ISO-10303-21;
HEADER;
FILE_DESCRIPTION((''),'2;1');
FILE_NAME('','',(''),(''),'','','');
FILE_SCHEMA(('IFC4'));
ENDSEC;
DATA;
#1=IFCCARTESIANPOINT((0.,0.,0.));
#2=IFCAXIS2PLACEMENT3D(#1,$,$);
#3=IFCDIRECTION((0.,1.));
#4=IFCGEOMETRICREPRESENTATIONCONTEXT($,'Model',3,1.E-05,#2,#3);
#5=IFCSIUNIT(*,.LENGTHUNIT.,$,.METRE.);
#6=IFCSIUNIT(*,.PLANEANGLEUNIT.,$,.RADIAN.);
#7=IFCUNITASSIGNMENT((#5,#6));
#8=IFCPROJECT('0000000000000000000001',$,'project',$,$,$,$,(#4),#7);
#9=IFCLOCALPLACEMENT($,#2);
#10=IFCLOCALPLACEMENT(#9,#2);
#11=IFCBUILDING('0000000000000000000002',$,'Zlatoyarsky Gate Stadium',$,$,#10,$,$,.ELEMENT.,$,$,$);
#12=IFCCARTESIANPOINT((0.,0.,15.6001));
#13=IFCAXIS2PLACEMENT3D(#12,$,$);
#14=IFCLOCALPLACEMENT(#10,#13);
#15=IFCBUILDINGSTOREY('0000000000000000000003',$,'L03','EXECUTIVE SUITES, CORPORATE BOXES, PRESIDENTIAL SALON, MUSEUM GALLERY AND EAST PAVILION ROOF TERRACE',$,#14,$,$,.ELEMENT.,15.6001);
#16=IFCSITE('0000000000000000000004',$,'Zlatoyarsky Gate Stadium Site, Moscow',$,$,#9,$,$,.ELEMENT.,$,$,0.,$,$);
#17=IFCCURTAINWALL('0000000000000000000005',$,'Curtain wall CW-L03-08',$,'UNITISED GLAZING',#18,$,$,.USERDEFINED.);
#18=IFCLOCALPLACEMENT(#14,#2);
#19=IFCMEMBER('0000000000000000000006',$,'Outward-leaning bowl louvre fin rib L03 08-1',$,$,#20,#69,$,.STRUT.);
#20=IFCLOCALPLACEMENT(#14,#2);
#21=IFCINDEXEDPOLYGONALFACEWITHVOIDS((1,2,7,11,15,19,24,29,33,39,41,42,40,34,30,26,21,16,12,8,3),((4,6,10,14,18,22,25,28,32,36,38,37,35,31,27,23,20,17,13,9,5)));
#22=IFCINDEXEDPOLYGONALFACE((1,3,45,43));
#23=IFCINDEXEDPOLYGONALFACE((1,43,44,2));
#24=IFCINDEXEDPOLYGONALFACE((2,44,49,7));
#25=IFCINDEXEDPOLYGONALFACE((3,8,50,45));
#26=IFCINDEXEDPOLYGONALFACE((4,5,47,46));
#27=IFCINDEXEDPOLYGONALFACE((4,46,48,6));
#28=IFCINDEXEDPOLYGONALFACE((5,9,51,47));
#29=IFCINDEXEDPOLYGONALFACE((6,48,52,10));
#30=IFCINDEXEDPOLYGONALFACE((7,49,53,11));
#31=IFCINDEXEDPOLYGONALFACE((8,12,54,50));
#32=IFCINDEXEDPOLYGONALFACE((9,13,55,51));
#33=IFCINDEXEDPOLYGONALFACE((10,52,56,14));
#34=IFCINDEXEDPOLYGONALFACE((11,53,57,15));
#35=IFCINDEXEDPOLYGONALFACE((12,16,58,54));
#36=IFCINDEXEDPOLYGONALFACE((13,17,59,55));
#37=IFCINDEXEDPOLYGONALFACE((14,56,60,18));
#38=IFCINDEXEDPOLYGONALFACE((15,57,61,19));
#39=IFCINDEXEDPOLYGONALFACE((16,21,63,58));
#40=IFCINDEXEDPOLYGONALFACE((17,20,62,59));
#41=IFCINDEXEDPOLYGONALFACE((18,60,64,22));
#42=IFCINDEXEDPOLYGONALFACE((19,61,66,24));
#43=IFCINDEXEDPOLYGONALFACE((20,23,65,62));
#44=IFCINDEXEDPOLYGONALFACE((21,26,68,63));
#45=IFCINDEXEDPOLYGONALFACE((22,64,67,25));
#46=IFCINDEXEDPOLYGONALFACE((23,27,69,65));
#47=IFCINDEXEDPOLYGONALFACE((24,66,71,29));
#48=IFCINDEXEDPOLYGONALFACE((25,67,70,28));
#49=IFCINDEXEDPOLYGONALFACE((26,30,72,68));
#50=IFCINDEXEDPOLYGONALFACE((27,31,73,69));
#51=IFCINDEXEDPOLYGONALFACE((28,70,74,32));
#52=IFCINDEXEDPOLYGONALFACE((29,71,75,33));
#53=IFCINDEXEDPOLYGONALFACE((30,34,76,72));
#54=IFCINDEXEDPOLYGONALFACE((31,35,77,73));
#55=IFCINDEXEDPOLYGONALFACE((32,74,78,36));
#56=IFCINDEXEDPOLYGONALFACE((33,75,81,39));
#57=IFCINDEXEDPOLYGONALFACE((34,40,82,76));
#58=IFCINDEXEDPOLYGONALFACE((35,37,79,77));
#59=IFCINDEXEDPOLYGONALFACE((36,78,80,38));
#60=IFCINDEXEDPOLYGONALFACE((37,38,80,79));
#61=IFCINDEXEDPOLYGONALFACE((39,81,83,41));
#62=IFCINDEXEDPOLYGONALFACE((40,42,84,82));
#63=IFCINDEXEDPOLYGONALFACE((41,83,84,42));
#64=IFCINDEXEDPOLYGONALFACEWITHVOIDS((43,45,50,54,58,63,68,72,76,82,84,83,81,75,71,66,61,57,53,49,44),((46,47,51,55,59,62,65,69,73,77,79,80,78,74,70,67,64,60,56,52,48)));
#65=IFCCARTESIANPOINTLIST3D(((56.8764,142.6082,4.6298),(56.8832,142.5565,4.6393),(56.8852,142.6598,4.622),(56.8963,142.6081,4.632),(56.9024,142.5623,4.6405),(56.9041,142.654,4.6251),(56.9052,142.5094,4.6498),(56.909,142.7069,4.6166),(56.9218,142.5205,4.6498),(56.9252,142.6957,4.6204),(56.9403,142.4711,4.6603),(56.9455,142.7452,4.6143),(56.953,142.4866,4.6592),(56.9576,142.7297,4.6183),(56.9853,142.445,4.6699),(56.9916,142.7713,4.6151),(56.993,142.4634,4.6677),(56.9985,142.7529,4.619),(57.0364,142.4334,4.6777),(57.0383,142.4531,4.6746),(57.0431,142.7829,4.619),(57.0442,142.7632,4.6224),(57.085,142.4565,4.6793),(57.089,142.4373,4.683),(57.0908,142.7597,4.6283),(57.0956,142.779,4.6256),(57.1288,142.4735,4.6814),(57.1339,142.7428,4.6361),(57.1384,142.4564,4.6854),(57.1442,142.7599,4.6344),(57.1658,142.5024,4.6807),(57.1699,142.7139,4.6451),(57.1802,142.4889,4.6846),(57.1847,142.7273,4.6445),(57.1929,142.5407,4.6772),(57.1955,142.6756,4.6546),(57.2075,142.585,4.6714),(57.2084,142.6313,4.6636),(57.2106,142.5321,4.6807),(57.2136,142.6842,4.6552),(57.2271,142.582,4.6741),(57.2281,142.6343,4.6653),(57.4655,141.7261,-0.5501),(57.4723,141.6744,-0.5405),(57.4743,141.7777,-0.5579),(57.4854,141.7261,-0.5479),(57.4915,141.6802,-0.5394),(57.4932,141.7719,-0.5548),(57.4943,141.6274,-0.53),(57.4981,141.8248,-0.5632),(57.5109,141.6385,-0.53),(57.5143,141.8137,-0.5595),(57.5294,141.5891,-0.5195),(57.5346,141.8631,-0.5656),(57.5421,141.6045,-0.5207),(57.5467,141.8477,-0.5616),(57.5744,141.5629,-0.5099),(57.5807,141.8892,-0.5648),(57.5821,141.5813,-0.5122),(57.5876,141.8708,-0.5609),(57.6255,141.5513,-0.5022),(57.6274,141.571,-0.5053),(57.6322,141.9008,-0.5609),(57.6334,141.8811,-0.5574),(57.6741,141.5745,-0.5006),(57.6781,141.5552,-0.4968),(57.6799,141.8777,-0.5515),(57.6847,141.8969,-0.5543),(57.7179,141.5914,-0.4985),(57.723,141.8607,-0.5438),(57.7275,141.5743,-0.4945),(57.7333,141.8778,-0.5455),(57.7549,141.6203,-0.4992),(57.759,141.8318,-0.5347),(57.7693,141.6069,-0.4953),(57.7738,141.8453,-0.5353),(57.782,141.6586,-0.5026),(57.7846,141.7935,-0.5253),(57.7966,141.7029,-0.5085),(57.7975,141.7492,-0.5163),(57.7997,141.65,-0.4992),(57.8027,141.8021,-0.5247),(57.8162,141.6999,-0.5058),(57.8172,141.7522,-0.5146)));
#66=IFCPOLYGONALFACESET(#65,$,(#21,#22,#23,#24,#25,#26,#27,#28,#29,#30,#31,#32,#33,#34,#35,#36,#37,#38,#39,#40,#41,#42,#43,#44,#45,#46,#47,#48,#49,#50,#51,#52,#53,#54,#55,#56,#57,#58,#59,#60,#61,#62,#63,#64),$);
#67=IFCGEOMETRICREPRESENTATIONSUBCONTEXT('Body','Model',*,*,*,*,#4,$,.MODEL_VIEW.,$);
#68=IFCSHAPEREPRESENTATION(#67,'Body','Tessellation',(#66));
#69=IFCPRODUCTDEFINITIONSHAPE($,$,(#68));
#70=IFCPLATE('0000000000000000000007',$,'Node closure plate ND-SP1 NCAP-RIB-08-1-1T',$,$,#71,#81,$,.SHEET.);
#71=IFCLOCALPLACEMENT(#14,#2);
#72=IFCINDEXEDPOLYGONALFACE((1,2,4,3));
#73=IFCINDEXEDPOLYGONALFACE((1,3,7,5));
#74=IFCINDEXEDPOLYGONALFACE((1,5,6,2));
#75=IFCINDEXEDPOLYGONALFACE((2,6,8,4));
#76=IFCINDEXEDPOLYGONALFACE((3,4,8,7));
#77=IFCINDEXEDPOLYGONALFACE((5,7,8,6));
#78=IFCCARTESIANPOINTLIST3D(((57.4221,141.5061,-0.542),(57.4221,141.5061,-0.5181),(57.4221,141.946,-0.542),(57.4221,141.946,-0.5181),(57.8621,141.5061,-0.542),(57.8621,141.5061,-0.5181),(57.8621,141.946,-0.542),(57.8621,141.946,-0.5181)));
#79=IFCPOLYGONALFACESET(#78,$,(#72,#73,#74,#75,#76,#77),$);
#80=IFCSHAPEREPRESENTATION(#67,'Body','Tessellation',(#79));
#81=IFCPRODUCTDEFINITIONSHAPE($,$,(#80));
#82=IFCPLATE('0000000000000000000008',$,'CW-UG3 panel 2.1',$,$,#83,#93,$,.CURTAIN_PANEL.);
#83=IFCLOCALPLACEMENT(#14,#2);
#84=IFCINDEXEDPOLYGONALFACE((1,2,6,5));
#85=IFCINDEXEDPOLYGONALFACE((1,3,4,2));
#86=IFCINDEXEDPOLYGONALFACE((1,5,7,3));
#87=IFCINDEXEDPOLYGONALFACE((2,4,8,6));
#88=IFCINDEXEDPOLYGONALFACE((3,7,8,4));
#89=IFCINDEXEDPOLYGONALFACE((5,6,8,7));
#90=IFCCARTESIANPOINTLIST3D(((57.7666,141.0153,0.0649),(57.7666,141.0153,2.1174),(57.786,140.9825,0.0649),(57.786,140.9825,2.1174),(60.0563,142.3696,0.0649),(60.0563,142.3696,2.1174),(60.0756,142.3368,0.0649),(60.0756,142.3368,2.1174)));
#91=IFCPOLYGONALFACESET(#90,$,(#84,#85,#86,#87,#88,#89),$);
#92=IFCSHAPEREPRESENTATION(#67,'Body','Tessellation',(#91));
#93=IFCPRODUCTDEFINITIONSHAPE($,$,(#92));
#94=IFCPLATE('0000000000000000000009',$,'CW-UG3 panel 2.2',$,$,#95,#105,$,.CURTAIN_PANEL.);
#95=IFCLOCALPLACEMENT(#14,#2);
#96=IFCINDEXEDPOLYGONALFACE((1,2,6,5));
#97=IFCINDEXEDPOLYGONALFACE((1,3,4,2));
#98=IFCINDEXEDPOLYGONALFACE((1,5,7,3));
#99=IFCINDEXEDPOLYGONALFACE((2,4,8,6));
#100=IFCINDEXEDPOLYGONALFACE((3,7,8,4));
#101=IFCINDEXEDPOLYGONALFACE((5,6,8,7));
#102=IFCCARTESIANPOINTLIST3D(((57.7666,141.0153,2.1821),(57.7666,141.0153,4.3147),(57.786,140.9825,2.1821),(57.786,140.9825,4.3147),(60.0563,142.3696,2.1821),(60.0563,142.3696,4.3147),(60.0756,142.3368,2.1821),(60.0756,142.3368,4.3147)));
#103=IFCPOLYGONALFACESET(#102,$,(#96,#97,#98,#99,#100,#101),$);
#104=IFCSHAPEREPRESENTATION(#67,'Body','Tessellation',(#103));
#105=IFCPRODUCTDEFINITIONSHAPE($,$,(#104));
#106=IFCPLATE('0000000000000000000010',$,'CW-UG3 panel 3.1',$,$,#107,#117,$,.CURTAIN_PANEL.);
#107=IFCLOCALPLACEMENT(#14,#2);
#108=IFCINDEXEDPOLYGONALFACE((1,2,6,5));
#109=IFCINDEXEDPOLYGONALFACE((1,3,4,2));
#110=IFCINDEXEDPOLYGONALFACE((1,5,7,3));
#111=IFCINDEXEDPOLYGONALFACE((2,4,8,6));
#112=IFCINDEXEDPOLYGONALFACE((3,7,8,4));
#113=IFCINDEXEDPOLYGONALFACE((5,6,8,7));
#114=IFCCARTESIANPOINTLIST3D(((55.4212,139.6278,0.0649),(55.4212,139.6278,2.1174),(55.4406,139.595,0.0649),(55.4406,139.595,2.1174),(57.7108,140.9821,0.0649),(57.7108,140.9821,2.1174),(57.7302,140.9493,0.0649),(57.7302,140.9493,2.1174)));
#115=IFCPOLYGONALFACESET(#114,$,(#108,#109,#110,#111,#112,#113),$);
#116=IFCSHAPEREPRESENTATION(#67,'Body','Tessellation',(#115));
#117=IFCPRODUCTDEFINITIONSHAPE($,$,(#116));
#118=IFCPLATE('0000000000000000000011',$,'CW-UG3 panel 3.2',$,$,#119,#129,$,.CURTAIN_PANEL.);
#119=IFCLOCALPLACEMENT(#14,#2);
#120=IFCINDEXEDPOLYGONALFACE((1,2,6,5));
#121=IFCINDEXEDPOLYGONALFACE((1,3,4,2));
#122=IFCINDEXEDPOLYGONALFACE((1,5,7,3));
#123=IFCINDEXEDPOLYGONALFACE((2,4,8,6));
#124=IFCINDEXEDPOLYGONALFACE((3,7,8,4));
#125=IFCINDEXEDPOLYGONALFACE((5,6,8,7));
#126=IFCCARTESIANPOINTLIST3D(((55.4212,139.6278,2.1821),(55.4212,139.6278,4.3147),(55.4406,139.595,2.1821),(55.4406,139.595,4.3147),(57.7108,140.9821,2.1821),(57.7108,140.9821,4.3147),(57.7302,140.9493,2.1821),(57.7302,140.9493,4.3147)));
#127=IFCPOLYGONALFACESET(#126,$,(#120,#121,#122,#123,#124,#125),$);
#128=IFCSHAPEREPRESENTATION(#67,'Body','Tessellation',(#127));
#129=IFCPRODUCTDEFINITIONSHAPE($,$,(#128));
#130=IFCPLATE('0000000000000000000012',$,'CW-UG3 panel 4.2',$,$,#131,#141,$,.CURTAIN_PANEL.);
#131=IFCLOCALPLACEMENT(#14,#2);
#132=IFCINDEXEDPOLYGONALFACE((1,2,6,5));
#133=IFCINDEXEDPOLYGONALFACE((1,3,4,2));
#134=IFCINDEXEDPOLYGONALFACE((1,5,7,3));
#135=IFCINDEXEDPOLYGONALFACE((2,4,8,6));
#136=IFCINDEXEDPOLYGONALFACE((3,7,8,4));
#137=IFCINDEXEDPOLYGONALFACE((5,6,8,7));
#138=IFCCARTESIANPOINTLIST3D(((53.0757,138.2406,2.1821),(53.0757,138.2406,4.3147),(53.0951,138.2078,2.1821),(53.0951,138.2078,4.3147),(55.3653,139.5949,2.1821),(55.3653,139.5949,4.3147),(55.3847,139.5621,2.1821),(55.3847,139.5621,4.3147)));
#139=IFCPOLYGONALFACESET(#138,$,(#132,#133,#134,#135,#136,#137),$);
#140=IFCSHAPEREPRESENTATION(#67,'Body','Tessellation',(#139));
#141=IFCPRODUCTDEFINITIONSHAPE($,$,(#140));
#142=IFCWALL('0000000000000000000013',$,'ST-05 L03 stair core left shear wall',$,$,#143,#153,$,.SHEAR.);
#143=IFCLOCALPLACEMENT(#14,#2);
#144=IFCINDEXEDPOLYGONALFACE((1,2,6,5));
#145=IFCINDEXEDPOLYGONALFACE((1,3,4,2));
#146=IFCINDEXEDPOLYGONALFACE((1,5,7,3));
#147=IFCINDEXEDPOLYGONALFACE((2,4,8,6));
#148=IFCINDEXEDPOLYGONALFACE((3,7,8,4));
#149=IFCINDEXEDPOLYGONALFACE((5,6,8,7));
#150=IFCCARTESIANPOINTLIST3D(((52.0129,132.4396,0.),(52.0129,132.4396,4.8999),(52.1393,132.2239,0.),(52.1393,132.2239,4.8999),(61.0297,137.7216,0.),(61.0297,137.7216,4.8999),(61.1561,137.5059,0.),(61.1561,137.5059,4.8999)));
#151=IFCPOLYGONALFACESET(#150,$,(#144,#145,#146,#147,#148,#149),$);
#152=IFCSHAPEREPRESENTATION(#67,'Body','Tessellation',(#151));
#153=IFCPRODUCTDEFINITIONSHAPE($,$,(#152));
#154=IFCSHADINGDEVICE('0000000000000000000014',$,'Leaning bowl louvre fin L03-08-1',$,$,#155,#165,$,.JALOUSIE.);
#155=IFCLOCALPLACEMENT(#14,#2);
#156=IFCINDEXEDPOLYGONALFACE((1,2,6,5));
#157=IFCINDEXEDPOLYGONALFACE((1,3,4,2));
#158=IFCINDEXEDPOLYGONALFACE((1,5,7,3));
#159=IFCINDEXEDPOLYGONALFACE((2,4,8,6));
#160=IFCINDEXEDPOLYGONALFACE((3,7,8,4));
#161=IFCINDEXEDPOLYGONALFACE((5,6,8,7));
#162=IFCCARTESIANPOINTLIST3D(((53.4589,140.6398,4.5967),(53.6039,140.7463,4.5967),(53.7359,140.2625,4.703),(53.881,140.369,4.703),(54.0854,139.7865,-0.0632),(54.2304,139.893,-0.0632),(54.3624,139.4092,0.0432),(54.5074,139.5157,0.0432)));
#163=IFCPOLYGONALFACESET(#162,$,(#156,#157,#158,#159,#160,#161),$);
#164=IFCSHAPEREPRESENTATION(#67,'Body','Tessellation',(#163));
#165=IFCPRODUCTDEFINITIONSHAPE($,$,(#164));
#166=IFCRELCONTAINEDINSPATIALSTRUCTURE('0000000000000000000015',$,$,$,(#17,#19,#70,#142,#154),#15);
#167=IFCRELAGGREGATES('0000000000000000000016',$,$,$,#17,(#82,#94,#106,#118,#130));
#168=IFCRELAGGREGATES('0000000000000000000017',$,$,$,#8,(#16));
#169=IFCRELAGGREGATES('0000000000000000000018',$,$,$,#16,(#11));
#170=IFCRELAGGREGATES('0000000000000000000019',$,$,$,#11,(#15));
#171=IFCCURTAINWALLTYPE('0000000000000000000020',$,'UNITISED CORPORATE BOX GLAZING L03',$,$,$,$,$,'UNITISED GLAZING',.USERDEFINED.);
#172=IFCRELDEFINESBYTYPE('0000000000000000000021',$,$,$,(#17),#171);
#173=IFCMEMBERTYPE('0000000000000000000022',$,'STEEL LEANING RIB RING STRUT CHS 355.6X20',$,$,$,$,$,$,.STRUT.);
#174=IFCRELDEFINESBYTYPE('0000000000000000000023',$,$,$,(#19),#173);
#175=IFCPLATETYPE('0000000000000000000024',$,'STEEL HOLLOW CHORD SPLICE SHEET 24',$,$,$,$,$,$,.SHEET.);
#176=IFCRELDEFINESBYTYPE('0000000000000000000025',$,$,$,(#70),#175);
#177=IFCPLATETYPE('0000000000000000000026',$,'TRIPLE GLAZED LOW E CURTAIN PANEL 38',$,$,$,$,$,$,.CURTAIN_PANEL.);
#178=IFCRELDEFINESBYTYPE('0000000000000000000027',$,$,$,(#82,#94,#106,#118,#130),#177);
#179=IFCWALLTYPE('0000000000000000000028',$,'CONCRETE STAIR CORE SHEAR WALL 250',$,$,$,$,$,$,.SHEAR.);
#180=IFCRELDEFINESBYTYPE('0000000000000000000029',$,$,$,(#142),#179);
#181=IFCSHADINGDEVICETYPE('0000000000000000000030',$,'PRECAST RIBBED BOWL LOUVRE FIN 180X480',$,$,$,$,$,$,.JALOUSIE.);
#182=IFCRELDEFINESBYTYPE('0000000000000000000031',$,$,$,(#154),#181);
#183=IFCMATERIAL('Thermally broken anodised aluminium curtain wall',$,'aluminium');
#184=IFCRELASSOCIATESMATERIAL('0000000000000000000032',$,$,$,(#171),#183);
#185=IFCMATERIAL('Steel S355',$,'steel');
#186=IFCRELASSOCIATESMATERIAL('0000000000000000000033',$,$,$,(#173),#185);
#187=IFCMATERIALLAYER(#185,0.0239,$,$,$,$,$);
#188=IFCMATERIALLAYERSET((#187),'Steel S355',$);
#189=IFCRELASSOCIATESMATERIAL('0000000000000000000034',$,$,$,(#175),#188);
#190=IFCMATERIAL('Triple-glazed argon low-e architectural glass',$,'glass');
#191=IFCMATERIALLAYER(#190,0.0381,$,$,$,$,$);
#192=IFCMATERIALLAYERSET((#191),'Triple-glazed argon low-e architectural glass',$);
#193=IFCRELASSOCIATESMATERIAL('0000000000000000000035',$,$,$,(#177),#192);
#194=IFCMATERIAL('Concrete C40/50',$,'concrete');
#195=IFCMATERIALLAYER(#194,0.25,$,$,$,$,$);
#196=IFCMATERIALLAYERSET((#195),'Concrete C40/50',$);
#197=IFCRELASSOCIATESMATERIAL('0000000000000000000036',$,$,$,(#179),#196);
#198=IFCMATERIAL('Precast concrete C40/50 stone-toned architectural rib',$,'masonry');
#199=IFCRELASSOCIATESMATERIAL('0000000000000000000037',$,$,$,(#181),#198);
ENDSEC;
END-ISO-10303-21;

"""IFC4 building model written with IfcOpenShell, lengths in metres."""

from ifc_helpers import new_model, si_unit, direction, frame, frame_2d, origin, origin_2d, place, context, subcontext, project, spatial, rectangle, hollow_circle, extrude, material, layer, layer_set, material_profile, profile_set, type_object, element, aggregate, save


model = new_model("IFC4")

# Units and contexts
model_context = context("Model", 3, precision=1e-05, world=origin(), true_north=direction((0.0, 1.0)))
body_context = subcontext(model_context, "Body", "Model", "MODEL_VIEW")
ifc_project = project(units=[si_unit("LENGTHUNIT", "METRE"), si_unit("PLANEANGLEUNIT", "RADIAN")], contexts=[model_context])

# Site, building, storey
site_placement = place(None, origin())
site = spatial("IfcSite", under=ifc_project, at=site_placement, Name="Zlatoyarsky Gate Stadium Site, Moscow", CompositionType="ELEMENT", RefElevation=0.0)
building_placement = place(site_placement, origin())
building = spatial("IfcBuilding", under=site, at=building_placement, Name="Zlatoyarsky Gate Stadium", CompositionType="ELEMENT")
storey_placement = place(building_placement, frame((0.0, 0.0, 15.6001)))
storey = spatial("IfcBuildingStorey", under=building, at=storey_placement, Name="L03", Description="EXECUTIVE SUITES, CORPORATE BOXES, PRESIDENTIAL SALON, MUSEUM GALLERY AND EAST PAVILION ROOF TERRACE", CompositionType="ELEMENT", Elevation=15.6001)

# Curtain wall
ifc_material_1 = material(Name="Thermally broken anodised aluminium curtain wall", Category="aluminium")
curtain_wall_type = type_object("IfcCurtainWallType", Name="UNITISED CORPORATE BOX GLAZING L03", ElementType="UNITISED GLAZING", PredefinedType="USERDEFINED", material=ifc_material_1)
curtain_wall_placement = place(storey_placement, origin())
curtain_wall = element("IfcCurtainWall", 1, at=curtain_wall_placement, inside=storey, type_object=curtain_wall_type, Name="Curtain wall CW-L03-08", ObjectType="UNITISED GLAZING", PredefinedType="USERDEFINED")

# Member
ifc_material_2 = material(Name="Steel S355", Category="steel")
ifc_material_profile_1 = material_profile(ifc_material_2, hollow_circle(Radius=0.1777, WallThickness=0.02, at=origin_2d()), Name="CHS 355.6X20")
ifc_profile_set_1 = profile_set([ifc_material_profile_1], Name="Steel S355")
member_type_1 = type_object("IfcMemberType", Name="STEEL LEANING RIB RING STRUT CHS 355.6X20", PredefinedType="STRUT", material=ifc_profile_set_1)
member_1_placement = place(storey_placement, frame((57.6421, 141.7261, -0.53), z_axis=(-0.111418, 0.166826, 0.979671), x_axis=(-0.83159, -0.555391, 0.0)))
element("IfcMember", 2, at=member_1_placement, inside=storey, type_object=member_type_1, Name="Outward-leaning bowl louvre fin rib L03 08-1", PredefinedType="STRUT", context=body_context, shape_type="SweptSolid", body=[
    extrude(hollow_circle(Radius=0.1777, WallThickness=0.02, at=origin_2d()), origin(), (0.0, 0.0, 1.0), 5.2874),
])

# Plates
ifc_layer_1 = layer(ifc_material_2, 0.0239)
ifc_layer_set_1 = layer_set([ifc_layer_1], Name="Steel S355")
plate_type_1 = type_object("IfcPlateType", Name="STEEL HOLLOW CHORD SPLICE SHEET 24", PredefinedType="SHEET", material=ifc_layer_set_1)
plate_1_placement = place(storey_placement, frame((57.6421, 141.7261, -0.542), z_axis=(0.0, 0.0, 1.0), x_axis=(1.0, 0.0, 0.0)))
element("IfcPlate", 3, at=plate_1_placement, inside=storey, type_object=plate_type_1, Name="Node closure plate ND-SP1 NCAP-RIB-08-1-1T", PredefinedType="SHEET", context=body_context, shape_type="SweptSolid", body=[
    extrude(rectangle(XDim=0.4399, YDim=0.4399, at=origin_2d()), origin(), (0.0, 0.0, 1.0), 0.0239),
])
ifc_material_3 = material(Name="Triple-glazed argon low-e architectural glass", Category="glass")
ifc_layer_2 = layer(ifc_material_3, 0.0381)
ifc_layer_set_2 = layer_set([ifc_layer_2], Name="Triple-glazed argon low-e architectural glass")
plate_type_2 = type_object("IfcPlateType", Name="TRIPLE GLAZED LOW E CURTAIN PANEL 38", PredefinedType="CURTAIN_PANEL", material=ifc_layer_set_2)
plate_2_placement = place(storey_placement, frame((58.9211, 141.676, 0.0649), z_axis=(0.0, 0.0, 1.0), x_axis=(-0.860708, -0.509098, 0.0)))
plate_2 = element("IfcPlate", 4, at=plate_2_placement, type_object=plate_type_2, Name="CW-UG3 panel 2.1", PredefinedType="CURTAIN_PANEL", context=body_context, shape_type="SweptSolid", body=[
    extrude(rectangle(XDim=2.6602, YDim=0.0381, at=origin_2d()), origin(), (0.0, 0.0, 1.0), 2.0525),
])
plate_3_placement = place(storey_placement, frame((58.9211, 141.676, 2.1821), z_axis=(0.0, 0.0, 1.0), x_axis=(-0.860708, -0.509098, 0.0)))
plate_3 = element("IfcPlate", 5, at=plate_3_placement, type_object=plate_type_2, Name="CW-UG3 panel 2.2", PredefinedType="CURTAIN_PANEL", context=body_context, shape_type="SweptSolid", body=[
    extrude(rectangle(XDim=2.6602, YDim=0.0381, at=origin_2d()), origin(), (0.0, 0.0, 1.0), 2.1326),
])
plate_4_placement = place(storey_placement, frame((56.5757, 140.2886, 0.0649), z_axis=(0.0, 0.0, 1.0), x_axis=(-0.860708, -0.509098, 0.0)))
plate_4 = element("IfcPlate", 6, at=plate_4_placement, type_object=plate_type_2, Name="CW-UG3 panel 3.1", PredefinedType="CURTAIN_PANEL", context=body_context, shape_type="SweptSolid", body=[
    extrude(rectangle(XDim=2.6602, YDim=0.0381, at=origin_2d()), origin(), (0.0, 0.0, 1.0), 2.0525),
])
plate_5_placement = place(storey_placement, frame((56.5757, 140.2886, 2.1821), z_axis=(0.0, 0.0, 1.0), x_axis=(-0.860708, -0.509098, 0.0)))
plate_5 = element("IfcPlate", 7, at=plate_5_placement, type_object=plate_type_2, Name="CW-UG3 panel 3.2", PredefinedType="CURTAIN_PANEL", context=body_context, shape_type="SweptSolid", body=[
    extrude(rectangle(XDim=2.6602, YDim=0.0381, at=origin_2d()), origin(), (0.0, 0.0, 1.0), 2.1326),
])
plate_6_placement = place(storey_placement, frame((54.2302, 138.9014, 2.1821), z_axis=(0.0, 0.0, 1.0), x_axis=(-0.860708, -0.509098, 0.0)))
plate_6 = element("IfcPlate", 8, at=plate_6_placement, type_object=plate_type_2, Name="CW-UG3 panel 4.2", PredefinedType="CURTAIN_PANEL", context=body_context, shape_type="SweptSolid", body=[
    extrude(rectangle(XDim=2.6602, YDim=0.0381, at=origin_2d()), origin(), (0.0, 0.0, 1.0), 2.1326),
])
aggregate(curtain_wall, [plate_2, plate_3, plate_4, plate_5, plate_6])

# Wall
ifc_material_4 = material(Name="Concrete C40/50", Category="concrete")
ifc_layer_3 = layer(ifc_material_4, 0.25)
ifc_layer_set_3 = layer_set([ifc_layer_3], Name="Concrete C40/50")
wall_type = type_object("IfcWallType", Name="CONCRETE STAIR CORE SHEAR WALL 250", PredefinedType="SHEAR", material=ifc_layer_set_3)
wall_placement = place(storey_placement, frame((61.093, 137.6138, 0.0), z_axis=(0.0, 0.0, 1.0), x_axis=(-0.862855, -0.505452, 0.0)))
element("IfcWall", 9, at=wall_placement, inside=storey, type_object=wall_type, Name="ST-05 L03 stair core left shear wall", PredefinedType="SHEAR", context=body_context, shape_type="SweptSolid", body=[
    extrude(rectangle(XDim=10.45, YDim=0.25, at=frame_2d((5.2251, 0.0))), origin(), (0.0, 0.0, 1.0), 4.8999),
])

# Shading device
ifc_material_5 = material(Name="Precast concrete C40/50 stone-toned architectural rib", Category="masonry")
ifc_material_profile_2 = material_profile(ifc_material_5, rectangle(XDim=0.1799, YDim=0.48, at=origin_2d()), Name="RIB 180X480")
ifc_profile_set_2 = profile_set([ifc_material_profile_2], Name="Precast concrete C40/50 stone-toned architectural rib")
shading_device_type = type_object("IfcShadingDeviceType", Name="PRECAST RIBBED BOWL LOUVRE FIN 180X480", PredefinedType="JALOUSIE", material=ifc_profile_set_2)
shading_device_placement = place(storey_placement, frame((54.2964, 139.6511, -0.01), z_axis=(-0.131097, 0.17856, 0.975156), x_axis=(-0.806075, -0.591814, 0.0)))
element("IfcShadingDevice", 10, at=shading_device_placement, inside=storey, type_object=shading_device_type, Name="Leaning bowl louvre fin L03-08-1", PredefinedType="JALOUSIE", context=body_context, shape_type="SweptSolid", body=[
    extrude(rectangle(XDim=0.1799, YDim=0.48, at=origin_2d()), origin(), (0.0, 0.0, 1.0), 4.7786),
])

save(model, "model.ifc")
